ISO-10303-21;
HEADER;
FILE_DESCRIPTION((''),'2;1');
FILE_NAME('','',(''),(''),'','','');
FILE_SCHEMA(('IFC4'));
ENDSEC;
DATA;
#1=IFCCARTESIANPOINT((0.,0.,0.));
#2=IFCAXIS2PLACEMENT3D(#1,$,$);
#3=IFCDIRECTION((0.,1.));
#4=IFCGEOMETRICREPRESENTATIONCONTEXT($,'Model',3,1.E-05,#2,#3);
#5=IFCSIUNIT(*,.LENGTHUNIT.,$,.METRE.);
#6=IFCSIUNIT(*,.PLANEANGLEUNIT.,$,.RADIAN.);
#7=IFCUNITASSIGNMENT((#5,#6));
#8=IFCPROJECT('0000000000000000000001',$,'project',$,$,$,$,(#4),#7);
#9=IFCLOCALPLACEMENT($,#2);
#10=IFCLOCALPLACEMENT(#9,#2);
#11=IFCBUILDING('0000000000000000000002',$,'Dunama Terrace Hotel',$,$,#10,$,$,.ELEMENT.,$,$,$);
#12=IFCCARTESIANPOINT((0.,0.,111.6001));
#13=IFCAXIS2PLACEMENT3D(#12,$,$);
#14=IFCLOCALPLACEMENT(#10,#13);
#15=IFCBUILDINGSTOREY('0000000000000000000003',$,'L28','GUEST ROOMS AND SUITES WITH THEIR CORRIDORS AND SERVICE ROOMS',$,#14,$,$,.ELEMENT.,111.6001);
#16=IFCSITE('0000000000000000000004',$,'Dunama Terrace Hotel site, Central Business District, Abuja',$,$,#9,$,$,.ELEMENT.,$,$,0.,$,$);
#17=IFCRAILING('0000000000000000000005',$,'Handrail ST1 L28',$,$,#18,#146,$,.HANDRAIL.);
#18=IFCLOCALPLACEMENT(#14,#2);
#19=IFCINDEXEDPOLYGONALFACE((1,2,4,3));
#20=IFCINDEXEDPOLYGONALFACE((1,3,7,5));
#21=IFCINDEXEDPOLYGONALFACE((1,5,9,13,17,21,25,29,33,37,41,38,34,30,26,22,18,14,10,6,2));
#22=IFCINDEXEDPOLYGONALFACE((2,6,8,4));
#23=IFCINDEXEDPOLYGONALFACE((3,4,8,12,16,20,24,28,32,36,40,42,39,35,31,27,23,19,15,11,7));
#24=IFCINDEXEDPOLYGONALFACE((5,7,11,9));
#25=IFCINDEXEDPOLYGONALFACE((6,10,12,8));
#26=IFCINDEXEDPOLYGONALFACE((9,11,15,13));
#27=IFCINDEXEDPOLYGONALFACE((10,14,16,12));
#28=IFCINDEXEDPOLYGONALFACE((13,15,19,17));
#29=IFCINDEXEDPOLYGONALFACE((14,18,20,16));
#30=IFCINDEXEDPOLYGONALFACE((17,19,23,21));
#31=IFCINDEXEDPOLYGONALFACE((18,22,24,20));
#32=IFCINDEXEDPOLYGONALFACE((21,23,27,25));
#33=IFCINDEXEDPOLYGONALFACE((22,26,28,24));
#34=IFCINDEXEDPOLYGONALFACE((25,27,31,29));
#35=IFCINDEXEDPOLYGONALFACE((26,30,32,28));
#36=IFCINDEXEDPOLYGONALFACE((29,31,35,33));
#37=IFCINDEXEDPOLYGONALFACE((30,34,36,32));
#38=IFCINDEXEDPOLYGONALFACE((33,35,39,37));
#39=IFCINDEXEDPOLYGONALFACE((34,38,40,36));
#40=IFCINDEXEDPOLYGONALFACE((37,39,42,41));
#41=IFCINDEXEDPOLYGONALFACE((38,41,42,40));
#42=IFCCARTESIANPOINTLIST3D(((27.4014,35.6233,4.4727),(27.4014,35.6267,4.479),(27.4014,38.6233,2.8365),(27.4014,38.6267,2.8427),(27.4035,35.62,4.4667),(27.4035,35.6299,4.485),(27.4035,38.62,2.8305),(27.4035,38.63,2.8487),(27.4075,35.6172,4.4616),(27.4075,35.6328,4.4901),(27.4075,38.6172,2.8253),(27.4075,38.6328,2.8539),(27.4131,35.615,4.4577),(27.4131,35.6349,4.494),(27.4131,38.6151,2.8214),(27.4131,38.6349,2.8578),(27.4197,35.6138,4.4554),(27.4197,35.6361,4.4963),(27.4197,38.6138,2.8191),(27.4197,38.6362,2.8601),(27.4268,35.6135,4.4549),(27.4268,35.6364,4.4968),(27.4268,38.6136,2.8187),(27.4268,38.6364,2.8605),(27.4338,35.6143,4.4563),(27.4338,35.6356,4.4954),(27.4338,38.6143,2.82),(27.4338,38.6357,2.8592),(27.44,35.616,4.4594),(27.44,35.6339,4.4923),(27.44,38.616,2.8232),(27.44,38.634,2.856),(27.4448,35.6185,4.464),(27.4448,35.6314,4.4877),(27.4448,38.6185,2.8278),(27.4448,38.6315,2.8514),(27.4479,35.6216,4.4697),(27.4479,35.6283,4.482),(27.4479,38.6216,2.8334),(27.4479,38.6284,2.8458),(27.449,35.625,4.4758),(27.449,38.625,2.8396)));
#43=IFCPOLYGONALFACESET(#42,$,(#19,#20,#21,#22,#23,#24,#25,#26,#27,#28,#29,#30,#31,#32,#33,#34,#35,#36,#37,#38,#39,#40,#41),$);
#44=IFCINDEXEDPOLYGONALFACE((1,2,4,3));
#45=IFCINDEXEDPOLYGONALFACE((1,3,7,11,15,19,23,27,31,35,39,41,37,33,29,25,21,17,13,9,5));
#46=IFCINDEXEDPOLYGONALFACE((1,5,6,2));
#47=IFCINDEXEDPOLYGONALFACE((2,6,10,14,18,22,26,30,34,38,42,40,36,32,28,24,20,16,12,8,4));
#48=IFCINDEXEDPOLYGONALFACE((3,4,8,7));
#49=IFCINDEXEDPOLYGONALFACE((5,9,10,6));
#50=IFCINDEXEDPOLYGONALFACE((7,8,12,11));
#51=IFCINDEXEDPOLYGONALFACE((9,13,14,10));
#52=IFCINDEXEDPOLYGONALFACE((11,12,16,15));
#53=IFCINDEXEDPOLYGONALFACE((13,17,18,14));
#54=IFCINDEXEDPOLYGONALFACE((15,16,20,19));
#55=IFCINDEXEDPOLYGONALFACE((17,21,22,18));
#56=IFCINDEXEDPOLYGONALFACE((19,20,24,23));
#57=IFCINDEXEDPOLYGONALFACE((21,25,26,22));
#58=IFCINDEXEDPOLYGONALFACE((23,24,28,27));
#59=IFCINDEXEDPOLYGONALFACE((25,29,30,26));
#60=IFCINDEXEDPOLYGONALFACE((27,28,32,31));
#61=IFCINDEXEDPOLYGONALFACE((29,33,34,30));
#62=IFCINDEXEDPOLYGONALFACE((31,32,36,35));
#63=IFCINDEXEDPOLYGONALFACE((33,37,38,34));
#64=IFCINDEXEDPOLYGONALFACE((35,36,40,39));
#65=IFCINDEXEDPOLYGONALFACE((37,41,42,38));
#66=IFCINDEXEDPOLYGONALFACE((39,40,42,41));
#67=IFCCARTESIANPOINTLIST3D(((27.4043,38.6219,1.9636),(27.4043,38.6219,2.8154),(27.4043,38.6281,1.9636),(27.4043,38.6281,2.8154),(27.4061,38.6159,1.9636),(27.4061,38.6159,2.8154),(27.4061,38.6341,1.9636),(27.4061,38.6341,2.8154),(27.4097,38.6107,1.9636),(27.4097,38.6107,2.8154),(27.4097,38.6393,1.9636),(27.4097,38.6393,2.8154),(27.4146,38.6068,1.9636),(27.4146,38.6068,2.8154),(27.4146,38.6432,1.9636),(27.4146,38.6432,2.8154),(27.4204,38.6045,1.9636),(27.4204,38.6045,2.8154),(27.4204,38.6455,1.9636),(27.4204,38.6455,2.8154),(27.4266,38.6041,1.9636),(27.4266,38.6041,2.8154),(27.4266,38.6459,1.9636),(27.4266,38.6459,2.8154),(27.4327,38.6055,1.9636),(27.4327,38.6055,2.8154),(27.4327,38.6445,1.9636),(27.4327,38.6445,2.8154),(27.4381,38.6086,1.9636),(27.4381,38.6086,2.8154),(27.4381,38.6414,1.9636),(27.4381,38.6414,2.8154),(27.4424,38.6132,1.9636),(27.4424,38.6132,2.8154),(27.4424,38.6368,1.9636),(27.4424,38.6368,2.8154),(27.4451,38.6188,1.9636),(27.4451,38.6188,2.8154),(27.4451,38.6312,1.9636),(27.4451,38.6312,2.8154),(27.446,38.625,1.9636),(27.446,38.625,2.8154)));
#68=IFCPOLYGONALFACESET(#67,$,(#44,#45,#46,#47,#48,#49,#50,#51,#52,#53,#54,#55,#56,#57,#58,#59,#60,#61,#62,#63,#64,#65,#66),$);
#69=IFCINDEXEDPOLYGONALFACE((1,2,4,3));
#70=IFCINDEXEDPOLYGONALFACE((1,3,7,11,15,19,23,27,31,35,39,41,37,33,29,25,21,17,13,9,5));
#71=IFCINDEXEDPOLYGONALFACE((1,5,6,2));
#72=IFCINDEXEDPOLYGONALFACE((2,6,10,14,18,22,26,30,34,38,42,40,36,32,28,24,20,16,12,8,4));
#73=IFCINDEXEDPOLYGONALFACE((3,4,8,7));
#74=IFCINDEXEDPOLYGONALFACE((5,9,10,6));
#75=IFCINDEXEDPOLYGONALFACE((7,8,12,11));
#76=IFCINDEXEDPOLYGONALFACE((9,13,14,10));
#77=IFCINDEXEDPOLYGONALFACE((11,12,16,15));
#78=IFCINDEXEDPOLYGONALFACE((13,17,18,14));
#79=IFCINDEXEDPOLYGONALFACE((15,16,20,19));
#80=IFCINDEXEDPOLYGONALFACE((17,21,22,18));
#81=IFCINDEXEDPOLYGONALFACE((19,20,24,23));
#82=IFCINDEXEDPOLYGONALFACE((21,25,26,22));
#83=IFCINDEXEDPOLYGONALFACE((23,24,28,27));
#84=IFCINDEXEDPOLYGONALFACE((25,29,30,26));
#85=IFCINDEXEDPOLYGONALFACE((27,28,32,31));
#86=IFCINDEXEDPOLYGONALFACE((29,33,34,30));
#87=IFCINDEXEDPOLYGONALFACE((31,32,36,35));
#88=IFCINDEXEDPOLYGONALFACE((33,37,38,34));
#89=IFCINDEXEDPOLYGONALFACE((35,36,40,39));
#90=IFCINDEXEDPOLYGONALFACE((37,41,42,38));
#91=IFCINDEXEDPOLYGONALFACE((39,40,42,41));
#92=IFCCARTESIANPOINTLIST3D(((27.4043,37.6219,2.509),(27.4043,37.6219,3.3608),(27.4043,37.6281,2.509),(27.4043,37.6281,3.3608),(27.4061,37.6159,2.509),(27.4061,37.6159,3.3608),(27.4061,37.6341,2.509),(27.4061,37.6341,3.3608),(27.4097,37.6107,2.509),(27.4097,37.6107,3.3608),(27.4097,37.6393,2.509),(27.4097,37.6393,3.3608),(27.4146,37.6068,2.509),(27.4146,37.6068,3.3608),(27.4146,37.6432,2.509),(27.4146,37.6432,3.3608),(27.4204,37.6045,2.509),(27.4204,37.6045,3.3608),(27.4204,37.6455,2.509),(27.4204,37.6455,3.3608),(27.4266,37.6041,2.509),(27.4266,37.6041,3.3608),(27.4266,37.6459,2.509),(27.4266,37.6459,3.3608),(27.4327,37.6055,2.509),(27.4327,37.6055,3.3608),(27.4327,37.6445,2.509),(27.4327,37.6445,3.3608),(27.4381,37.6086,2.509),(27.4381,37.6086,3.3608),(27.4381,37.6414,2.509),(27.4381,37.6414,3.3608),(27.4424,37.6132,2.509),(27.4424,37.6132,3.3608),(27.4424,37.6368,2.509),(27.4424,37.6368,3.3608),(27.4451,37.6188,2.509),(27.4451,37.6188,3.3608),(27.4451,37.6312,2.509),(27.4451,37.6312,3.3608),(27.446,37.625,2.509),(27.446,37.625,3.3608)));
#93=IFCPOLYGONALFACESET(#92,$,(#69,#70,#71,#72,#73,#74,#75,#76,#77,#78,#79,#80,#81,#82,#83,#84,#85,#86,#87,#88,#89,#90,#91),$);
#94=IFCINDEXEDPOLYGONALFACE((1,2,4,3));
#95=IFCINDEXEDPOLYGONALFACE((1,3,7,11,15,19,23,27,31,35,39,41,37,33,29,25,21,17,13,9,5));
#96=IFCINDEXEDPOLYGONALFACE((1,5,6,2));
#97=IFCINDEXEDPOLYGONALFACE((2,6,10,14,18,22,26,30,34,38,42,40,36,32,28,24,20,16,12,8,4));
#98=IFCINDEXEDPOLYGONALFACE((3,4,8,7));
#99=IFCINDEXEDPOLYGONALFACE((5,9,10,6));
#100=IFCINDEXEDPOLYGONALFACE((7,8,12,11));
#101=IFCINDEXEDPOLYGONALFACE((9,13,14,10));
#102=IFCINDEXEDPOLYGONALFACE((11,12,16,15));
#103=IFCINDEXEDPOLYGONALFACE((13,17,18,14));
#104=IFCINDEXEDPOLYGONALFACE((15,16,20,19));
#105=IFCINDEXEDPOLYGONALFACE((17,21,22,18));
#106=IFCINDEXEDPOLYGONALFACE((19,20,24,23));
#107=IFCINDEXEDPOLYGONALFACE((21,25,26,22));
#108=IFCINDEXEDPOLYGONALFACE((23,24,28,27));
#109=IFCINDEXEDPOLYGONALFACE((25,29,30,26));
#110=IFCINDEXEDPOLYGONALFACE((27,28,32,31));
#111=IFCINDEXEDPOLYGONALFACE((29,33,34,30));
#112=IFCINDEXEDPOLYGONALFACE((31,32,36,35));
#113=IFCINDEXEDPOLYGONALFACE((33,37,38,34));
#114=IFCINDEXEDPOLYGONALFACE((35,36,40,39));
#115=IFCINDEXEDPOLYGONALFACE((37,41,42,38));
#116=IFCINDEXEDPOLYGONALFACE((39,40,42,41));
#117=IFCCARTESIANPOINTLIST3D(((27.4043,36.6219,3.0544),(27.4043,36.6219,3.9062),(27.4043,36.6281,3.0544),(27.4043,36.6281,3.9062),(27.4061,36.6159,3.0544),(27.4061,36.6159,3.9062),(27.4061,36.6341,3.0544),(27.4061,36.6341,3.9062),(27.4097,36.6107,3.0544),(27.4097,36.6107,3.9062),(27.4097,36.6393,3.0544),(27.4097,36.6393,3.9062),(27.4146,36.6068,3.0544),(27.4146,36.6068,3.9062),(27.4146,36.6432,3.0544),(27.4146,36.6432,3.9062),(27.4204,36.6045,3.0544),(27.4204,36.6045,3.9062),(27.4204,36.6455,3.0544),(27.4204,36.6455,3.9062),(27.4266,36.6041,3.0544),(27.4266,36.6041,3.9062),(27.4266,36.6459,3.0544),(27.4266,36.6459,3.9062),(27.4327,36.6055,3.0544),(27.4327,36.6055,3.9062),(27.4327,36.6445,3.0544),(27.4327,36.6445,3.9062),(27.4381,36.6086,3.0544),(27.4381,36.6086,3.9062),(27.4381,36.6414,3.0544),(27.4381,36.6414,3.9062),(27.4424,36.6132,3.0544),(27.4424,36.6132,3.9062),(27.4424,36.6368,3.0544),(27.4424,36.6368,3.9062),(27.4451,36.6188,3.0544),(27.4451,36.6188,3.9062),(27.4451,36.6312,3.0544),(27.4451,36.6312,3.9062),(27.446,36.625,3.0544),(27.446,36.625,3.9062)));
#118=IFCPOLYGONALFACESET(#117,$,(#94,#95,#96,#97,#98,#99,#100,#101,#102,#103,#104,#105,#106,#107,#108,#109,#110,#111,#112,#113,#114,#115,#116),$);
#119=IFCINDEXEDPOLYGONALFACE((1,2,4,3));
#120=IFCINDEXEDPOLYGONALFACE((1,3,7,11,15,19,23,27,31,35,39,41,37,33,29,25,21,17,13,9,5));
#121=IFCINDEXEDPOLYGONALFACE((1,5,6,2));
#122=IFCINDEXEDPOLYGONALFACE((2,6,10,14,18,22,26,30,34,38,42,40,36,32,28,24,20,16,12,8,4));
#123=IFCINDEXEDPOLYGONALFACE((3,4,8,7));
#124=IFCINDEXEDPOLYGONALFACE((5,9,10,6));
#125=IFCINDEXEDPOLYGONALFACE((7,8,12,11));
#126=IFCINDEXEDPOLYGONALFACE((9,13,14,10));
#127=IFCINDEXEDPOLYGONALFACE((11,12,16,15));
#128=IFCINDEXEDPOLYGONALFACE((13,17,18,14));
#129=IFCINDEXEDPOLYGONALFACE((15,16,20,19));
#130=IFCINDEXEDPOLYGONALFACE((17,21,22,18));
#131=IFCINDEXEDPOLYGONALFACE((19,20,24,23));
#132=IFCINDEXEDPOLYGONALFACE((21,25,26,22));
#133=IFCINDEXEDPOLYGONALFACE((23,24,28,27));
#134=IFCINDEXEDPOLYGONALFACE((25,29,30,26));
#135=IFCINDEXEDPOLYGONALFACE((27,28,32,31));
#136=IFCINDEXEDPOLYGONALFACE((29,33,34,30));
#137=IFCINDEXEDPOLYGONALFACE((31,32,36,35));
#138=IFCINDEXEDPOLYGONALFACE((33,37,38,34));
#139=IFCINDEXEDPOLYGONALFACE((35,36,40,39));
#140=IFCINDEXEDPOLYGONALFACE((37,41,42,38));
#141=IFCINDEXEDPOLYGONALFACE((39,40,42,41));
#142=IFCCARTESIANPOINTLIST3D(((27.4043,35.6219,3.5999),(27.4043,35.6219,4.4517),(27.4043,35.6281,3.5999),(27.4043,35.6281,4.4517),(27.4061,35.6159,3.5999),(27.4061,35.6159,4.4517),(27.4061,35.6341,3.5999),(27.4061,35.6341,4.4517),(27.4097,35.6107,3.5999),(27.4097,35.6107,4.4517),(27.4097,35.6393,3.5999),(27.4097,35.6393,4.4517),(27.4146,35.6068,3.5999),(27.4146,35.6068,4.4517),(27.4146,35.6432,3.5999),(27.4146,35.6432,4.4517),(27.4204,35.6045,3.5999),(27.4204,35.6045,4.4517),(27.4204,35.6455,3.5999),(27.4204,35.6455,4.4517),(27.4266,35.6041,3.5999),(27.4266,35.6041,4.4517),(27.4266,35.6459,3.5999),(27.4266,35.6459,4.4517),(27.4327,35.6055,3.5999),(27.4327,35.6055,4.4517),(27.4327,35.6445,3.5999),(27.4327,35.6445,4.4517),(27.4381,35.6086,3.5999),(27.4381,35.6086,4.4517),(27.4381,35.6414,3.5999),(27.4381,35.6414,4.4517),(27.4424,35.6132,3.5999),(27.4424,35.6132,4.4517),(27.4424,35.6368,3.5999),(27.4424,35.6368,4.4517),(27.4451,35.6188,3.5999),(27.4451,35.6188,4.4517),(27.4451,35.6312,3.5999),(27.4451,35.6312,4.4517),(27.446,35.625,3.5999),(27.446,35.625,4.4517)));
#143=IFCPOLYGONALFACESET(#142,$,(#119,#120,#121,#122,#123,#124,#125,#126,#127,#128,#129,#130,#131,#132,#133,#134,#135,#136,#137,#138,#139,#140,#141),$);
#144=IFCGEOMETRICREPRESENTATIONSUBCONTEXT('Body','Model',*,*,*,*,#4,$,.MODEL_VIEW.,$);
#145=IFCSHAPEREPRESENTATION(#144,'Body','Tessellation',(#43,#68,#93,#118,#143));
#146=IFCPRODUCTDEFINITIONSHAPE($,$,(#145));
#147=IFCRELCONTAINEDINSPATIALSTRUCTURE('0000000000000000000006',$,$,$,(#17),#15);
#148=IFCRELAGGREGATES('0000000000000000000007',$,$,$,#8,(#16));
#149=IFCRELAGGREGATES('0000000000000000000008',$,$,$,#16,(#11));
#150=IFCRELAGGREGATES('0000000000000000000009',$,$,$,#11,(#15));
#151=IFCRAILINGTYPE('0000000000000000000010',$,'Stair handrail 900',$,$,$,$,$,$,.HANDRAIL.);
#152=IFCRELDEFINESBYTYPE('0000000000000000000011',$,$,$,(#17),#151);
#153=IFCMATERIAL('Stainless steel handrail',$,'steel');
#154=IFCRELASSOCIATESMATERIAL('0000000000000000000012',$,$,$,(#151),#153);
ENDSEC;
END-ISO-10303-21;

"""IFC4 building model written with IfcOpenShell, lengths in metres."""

from ifc_helpers import new_model, si_unit, direction, frame, origin, origin_2d, place, context, subcontext, project, spatial, circle, extrude, material, type_object, element, save


model = new_model("IFC4")

# Units and contexts
model_context = context("Model", 3, precision=1e-05, world=origin(), true_north=direction((0.0, 1.0)))
body_context = subcontext(model_context, "Body", "Model", "MODEL_VIEW")
ifc_project = project(units=[si_unit("LENGTHUNIT", "METRE"), si_unit("PLANEANGLEUNIT", "RADIAN")], contexts=[model_context])

# Site, building, storey
site_placement = place(None, origin())
site = spatial("IfcSite", under=ifc_project, at=site_placement, Name="Dunama Terrace Hotel site, Central Business District, Abuja", CompositionType="ELEMENT", RefElevation=0.0)
building_placement = place(site_placement, origin())
building = spatial("IfcBuilding", under=site, at=building_placement, Name="Dunama Terrace Hotel", CompositionType="ELEMENT")
storey_placement = place(building_placement, frame((0.0, 0.0, 111.6001)))
storey = spatial("IfcBuildingStorey", under=building, at=storey_placement, Name="L28", Description="GUEST ROOMS AND SUITES WITH THEIR CORRIDORS AND SERVICE ROOMS", CompositionType="ELEMENT", Elevation=111.6001)

# Railing
ifc_material_1 = material(Name="Stainless steel handrail", Category="steel")
railing_type = type_object("IfcRailingType", Name="Stair handrail 900", PredefinedType="HANDRAIL", material=ifc_material_1)
railing_1_placement = place(storey_placement, frame((27.425, 38.625, 1.9636)))
element("IfcRailing", 1, at=railing_1_placement, inside=storey, type_object=railing_type, Name="Handrail ST1 L28", PredefinedType="HANDRAIL", context=body_context, shape_type="SweptSolid", body=[
    extrude(circle(Radius=0.0239, at=origin_2d()), frame((0.0, 0.0, 0.876), z_axis=(0.0, -0.877912, 0.478822), x_axis=(1.0, 0.0, 0.0)), (0.0, 0.0, 1.0), 3.4172),
    extrude(circle(Radius=0.021, at=origin_2d()), origin(), (0.0, 0.0, 1.0), 0.8518),
    extrude(circle(Radius=0.021, at=origin_2d()), frame((0.0, -1.0, 0.5454)), (0.0, 0.0, 1.0), 0.8518),
    extrude(circle(Radius=0.021, at=origin_2d()), frame((0.0, -2.0, 1.0908)), (0.0, 0.0, 1.0), 0.8518),
    extrude(circle(Radius=0.021, at=origin_2d()), frame((0.0, -3.0, 1.6362)), (0.0, 0.0, 1.0), 0.8518),
])

save(model, "model.ifc")
